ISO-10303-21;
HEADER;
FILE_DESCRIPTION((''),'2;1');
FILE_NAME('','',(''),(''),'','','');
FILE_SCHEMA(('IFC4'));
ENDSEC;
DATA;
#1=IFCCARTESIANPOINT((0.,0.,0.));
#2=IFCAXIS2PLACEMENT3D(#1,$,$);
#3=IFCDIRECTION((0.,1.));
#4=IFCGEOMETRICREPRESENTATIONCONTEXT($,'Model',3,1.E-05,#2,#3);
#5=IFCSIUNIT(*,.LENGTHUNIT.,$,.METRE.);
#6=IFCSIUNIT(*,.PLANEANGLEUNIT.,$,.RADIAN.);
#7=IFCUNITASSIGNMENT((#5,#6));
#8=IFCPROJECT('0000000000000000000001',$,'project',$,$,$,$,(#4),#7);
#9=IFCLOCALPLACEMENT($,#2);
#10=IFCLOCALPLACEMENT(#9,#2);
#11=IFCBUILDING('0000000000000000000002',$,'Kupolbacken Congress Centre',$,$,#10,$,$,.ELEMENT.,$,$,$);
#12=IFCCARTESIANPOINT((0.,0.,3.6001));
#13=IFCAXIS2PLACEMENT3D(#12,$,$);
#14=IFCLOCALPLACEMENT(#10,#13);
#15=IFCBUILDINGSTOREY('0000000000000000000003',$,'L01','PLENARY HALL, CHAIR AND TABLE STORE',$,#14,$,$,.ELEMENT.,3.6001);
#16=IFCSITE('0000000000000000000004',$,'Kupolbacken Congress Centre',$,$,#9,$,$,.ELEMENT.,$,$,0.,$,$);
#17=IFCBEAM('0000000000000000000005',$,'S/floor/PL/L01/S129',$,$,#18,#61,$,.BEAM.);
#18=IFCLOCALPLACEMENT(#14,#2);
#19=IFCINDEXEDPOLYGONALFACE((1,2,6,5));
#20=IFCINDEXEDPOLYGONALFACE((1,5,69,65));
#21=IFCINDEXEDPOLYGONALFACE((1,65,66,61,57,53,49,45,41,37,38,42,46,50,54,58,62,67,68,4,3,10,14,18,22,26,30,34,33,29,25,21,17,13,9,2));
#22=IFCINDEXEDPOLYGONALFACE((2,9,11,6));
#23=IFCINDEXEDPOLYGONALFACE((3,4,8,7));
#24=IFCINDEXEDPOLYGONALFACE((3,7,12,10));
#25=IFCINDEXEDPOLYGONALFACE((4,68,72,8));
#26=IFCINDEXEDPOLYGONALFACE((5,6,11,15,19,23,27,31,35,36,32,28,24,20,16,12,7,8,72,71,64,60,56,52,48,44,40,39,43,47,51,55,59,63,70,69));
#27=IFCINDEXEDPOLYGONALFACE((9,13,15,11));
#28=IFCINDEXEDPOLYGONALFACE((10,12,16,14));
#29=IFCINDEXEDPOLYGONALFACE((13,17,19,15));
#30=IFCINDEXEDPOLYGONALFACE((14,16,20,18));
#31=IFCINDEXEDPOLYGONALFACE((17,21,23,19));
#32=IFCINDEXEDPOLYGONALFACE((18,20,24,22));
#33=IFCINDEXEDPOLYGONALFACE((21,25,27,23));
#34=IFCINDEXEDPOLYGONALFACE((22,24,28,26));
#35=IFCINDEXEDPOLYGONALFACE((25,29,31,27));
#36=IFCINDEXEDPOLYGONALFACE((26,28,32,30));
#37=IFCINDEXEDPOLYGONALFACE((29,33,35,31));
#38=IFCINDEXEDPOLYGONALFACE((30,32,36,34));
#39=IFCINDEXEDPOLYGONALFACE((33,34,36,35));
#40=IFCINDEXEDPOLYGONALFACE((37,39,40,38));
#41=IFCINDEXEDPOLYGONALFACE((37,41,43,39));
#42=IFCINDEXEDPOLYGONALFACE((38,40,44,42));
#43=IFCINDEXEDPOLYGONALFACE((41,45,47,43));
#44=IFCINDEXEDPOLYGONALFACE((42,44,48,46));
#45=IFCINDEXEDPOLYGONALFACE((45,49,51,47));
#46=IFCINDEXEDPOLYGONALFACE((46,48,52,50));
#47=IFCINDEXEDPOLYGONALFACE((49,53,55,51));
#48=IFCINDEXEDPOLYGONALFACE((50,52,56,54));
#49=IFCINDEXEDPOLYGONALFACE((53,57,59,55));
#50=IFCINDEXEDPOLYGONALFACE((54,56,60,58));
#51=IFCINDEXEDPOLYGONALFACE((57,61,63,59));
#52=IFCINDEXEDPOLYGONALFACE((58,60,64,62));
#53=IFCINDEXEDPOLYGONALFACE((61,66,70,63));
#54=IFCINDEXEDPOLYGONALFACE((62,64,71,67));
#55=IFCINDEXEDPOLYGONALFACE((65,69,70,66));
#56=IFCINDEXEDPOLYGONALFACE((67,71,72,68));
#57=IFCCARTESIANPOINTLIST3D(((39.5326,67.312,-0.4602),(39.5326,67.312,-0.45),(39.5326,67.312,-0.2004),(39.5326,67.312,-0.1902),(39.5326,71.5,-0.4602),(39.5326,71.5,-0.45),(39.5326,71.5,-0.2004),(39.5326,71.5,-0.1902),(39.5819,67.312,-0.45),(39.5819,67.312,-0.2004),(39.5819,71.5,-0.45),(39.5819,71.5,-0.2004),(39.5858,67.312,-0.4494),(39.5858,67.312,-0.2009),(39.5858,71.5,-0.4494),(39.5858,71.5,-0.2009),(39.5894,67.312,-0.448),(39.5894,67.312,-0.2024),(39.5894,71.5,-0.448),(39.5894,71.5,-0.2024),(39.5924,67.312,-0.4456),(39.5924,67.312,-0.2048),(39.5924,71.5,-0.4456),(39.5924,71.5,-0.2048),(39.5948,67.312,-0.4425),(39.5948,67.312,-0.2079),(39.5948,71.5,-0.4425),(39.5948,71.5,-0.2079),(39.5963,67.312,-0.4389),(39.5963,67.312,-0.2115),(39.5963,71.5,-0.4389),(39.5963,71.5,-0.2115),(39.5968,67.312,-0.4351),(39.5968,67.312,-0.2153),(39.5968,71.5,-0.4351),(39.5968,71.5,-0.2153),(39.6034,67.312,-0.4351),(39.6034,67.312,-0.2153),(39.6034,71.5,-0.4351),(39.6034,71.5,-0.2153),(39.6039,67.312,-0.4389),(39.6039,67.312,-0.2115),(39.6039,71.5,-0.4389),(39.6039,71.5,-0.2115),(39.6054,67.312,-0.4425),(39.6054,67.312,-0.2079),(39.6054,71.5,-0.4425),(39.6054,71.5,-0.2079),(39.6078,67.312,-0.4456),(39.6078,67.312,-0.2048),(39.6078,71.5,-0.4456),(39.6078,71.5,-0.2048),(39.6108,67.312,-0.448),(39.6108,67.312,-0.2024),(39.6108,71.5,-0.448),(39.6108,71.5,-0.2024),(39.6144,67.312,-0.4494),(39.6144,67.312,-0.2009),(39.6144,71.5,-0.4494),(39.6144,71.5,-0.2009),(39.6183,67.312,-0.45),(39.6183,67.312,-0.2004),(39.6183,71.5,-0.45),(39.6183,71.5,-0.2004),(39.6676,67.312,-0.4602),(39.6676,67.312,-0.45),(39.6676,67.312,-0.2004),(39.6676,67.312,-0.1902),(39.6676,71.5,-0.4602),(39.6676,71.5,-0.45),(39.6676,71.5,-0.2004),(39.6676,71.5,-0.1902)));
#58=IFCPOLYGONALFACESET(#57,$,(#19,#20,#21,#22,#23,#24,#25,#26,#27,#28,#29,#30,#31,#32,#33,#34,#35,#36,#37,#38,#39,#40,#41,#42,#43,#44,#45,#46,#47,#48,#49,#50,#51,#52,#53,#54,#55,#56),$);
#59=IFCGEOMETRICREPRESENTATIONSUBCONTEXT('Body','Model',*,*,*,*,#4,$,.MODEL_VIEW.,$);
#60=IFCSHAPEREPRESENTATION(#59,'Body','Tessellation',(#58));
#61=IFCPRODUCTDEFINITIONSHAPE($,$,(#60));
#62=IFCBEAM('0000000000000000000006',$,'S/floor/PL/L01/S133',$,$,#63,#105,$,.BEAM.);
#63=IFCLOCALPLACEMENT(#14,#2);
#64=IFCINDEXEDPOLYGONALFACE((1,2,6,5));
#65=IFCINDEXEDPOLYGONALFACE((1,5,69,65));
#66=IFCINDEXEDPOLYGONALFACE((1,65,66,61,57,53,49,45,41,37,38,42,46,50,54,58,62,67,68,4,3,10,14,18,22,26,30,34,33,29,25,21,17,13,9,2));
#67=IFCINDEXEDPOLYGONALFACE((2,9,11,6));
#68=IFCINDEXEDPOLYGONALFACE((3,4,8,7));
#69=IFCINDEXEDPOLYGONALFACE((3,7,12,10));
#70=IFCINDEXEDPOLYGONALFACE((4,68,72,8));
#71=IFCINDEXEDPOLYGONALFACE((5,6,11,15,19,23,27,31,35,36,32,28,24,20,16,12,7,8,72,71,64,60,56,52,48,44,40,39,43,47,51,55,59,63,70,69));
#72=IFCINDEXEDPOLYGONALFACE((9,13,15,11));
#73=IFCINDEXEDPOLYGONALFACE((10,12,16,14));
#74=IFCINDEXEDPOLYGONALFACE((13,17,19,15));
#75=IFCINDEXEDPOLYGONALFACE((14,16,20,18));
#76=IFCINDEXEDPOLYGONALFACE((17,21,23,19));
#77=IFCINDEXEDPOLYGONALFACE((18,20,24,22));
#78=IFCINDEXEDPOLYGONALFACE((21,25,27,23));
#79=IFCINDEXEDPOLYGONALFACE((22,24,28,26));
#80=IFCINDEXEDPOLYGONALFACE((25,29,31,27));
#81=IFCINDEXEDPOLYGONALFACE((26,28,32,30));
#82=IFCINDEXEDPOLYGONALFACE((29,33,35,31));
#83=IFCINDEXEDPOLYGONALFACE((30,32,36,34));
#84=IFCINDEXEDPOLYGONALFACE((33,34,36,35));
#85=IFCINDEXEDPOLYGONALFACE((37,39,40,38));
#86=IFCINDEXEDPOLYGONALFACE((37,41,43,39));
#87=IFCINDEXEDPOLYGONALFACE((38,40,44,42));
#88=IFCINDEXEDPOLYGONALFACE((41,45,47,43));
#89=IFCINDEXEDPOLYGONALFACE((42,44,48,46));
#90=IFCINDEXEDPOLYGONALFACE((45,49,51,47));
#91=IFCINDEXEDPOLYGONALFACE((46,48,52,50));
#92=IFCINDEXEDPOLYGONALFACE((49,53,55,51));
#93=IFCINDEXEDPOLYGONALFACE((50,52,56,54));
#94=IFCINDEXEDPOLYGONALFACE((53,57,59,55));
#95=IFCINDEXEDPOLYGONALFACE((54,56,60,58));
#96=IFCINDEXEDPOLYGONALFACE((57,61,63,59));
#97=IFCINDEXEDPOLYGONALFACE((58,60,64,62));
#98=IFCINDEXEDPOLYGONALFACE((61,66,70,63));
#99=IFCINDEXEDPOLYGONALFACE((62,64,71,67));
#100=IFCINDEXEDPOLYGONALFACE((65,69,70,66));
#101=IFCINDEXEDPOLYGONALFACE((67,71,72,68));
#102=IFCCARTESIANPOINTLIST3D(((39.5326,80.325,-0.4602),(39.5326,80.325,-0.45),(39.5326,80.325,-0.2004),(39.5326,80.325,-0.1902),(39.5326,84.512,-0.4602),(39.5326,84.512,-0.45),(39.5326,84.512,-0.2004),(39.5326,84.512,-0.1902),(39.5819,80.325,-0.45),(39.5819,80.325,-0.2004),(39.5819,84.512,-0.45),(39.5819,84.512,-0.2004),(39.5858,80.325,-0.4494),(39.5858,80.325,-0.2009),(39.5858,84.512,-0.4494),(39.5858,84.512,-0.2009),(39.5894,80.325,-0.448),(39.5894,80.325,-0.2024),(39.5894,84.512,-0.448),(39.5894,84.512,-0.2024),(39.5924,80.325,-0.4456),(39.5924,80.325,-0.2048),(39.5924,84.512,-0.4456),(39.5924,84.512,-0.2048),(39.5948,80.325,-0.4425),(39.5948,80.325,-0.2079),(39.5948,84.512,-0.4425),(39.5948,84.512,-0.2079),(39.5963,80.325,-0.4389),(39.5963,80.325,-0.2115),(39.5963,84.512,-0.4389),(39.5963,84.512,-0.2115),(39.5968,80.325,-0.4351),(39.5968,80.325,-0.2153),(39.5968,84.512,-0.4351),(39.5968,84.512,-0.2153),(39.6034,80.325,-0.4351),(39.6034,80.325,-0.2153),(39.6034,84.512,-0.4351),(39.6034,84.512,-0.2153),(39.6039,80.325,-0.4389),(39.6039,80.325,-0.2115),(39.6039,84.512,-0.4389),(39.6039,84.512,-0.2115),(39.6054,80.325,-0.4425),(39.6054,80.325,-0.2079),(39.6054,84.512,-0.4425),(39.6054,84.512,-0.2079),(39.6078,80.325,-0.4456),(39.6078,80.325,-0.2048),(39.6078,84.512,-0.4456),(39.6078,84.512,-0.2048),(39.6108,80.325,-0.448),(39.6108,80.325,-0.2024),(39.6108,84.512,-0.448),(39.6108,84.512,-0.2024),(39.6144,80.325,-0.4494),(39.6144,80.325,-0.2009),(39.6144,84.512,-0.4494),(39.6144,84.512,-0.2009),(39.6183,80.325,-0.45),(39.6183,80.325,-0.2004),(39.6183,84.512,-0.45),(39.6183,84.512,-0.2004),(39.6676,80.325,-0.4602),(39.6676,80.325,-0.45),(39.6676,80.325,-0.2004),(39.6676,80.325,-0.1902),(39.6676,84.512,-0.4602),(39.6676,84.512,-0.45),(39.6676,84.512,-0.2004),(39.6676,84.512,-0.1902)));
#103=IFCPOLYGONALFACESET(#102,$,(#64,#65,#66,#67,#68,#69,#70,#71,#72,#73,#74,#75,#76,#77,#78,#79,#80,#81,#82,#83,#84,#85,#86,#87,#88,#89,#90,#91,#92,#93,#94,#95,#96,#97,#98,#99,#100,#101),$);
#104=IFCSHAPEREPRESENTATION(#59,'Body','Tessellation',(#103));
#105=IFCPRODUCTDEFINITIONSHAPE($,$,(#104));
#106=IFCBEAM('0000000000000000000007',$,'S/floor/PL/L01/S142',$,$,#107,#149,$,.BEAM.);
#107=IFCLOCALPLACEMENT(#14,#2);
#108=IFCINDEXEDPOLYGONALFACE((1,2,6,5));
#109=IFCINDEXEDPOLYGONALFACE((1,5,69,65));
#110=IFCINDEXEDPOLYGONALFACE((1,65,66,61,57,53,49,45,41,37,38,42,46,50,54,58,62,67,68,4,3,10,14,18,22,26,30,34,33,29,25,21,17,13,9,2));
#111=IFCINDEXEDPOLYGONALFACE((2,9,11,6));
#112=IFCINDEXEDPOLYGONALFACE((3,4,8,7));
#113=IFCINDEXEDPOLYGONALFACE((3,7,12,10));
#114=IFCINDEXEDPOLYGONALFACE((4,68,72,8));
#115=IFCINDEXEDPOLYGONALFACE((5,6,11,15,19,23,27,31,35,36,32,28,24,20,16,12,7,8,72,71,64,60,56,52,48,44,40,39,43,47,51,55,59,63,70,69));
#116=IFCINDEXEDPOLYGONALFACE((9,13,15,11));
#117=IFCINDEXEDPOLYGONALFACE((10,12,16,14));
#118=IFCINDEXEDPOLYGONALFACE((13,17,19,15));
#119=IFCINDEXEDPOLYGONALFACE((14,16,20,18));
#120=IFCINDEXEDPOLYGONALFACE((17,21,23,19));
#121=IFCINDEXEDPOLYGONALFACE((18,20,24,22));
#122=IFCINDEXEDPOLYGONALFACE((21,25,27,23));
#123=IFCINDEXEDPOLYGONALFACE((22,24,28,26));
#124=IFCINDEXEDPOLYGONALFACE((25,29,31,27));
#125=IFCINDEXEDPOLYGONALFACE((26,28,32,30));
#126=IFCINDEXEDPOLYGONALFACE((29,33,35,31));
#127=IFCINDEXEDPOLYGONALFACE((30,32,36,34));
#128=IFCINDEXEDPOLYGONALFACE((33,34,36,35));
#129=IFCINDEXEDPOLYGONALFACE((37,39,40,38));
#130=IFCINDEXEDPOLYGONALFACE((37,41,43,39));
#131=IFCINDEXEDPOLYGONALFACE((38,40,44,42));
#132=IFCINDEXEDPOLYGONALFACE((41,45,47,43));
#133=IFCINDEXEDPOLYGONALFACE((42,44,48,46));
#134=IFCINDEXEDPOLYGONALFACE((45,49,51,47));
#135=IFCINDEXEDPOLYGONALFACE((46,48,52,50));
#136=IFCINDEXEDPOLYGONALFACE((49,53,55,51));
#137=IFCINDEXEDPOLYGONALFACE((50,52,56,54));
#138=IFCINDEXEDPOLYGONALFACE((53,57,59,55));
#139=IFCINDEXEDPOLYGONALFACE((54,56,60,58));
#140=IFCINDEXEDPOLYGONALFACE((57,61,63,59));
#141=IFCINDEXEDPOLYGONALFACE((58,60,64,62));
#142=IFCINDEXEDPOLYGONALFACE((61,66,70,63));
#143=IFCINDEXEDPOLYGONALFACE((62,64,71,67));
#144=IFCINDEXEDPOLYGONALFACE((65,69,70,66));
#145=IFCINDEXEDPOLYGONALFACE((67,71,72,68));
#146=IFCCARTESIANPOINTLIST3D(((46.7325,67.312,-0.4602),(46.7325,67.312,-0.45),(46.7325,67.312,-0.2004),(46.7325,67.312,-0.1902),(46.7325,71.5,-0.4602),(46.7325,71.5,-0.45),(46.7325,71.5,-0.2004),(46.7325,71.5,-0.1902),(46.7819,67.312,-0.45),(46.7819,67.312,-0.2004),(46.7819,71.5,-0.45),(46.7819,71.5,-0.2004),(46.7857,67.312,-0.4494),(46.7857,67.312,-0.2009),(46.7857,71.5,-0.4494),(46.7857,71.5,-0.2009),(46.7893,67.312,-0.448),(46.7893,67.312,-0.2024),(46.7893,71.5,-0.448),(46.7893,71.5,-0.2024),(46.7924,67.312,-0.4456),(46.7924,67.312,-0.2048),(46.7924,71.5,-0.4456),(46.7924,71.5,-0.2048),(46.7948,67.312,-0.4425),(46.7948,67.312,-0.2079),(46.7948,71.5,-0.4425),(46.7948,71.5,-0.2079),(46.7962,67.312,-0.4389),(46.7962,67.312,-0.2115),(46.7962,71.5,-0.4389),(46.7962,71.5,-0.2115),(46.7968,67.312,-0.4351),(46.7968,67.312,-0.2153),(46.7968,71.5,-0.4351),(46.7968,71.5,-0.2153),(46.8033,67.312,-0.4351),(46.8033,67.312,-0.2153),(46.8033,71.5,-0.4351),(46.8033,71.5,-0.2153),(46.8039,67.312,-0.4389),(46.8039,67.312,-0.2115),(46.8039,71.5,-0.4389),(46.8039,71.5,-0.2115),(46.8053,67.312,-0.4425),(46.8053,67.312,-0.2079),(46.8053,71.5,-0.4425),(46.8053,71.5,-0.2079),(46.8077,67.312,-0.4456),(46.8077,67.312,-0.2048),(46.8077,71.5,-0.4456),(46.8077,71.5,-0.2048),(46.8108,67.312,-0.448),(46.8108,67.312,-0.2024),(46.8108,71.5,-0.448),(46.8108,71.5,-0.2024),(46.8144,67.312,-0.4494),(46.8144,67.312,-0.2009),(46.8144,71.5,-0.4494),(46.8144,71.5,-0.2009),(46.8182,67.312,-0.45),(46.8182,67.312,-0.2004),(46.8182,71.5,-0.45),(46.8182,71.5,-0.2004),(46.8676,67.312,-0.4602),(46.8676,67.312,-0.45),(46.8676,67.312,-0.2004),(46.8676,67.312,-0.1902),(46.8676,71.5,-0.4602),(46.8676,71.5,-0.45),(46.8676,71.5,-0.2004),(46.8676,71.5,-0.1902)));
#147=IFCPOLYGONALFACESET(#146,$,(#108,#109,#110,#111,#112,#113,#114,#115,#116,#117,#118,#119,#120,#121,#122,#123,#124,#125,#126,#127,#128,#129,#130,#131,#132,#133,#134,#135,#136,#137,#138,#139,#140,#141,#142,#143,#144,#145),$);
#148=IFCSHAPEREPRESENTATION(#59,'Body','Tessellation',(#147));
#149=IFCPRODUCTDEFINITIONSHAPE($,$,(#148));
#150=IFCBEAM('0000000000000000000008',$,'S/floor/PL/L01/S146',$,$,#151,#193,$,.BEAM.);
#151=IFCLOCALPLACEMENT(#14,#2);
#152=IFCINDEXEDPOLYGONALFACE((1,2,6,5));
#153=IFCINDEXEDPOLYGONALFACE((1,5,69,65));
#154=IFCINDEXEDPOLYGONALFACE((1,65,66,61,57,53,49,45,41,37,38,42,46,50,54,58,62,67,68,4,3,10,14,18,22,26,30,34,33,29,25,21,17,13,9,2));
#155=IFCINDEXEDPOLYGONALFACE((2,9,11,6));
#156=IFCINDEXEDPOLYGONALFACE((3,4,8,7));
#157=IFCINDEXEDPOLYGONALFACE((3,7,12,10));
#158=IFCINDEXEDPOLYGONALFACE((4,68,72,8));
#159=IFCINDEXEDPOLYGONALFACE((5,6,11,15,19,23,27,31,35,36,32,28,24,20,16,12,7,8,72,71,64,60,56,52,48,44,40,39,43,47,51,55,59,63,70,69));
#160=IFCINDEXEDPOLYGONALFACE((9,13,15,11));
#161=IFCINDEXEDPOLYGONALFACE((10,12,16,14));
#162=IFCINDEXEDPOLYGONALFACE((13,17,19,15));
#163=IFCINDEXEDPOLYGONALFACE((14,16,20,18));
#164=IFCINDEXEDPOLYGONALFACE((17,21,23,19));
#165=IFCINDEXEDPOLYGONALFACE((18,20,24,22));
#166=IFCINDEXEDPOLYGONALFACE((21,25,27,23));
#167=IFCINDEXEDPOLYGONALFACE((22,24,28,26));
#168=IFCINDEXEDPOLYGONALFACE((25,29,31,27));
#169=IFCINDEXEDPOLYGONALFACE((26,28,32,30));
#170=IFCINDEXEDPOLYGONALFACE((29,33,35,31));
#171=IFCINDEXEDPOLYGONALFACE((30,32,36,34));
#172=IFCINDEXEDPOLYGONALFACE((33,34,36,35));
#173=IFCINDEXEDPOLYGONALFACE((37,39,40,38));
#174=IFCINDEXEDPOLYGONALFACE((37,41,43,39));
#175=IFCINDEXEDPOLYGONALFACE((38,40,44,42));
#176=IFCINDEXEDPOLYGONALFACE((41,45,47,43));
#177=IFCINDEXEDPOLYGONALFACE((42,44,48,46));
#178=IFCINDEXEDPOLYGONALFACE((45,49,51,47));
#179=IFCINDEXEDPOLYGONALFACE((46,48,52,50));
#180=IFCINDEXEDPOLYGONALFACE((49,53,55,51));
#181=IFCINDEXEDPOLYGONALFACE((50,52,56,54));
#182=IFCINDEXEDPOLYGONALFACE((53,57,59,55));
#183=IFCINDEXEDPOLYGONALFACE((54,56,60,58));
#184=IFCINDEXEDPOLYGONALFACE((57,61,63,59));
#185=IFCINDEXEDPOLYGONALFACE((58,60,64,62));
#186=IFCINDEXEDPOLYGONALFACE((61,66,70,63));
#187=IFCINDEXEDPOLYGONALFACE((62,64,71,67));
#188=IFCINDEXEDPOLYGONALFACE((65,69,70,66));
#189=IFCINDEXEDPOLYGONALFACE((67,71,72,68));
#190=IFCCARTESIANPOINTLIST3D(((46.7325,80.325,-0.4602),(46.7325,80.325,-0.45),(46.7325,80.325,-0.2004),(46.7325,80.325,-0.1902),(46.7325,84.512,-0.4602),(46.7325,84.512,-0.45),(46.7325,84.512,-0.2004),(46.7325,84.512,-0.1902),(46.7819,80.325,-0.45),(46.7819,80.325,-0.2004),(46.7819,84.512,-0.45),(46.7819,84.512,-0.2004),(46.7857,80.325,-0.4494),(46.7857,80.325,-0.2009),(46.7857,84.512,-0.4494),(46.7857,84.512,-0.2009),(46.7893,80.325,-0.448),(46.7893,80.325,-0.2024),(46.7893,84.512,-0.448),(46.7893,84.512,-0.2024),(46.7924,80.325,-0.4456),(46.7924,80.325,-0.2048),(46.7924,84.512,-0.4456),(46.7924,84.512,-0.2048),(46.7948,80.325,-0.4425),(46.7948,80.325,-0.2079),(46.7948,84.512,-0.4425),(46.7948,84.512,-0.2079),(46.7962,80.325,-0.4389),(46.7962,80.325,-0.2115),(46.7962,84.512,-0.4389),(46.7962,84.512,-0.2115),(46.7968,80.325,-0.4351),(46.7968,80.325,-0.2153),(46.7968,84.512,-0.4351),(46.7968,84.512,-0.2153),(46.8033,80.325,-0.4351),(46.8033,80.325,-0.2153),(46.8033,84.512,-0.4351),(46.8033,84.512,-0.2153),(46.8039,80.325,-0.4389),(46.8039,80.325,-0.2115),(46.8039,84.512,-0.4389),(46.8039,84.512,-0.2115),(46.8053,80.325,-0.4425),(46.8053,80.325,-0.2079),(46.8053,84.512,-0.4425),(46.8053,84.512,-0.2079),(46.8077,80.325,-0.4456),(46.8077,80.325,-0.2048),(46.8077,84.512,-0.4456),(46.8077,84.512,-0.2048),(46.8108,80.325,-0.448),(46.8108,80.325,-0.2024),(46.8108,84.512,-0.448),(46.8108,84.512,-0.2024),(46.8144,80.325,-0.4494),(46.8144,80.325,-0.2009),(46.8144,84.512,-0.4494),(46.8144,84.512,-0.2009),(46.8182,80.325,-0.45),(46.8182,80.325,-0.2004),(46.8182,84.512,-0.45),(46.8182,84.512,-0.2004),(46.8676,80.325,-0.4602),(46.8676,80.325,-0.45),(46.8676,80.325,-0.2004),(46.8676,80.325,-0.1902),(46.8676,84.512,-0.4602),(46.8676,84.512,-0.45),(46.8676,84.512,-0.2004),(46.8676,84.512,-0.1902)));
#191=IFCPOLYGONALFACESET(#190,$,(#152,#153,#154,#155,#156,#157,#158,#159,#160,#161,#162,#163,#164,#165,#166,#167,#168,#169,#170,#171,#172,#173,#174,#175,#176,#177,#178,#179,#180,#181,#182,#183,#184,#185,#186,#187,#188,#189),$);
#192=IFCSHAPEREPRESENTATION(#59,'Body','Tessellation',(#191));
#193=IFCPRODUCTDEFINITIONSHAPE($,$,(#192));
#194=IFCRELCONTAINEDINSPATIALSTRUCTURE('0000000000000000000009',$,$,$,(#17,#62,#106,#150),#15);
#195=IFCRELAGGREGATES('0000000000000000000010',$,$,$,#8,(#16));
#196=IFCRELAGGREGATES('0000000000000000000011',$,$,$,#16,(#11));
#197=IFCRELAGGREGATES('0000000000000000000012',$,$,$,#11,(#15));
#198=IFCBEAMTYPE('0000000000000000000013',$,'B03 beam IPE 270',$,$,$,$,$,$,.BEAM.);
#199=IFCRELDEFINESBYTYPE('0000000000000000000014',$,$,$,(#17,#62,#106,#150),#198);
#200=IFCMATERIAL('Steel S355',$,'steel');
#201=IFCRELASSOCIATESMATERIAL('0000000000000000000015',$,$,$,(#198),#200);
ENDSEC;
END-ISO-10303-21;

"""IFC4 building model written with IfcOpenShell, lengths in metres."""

from ifc_helpers import new_model, si_unit, direction, frame, origin, origin_2d, place, context, subcontext, project, spatial, i_section, extrude, material, material_profile, profile_set, type_object, element, save


model = new_model("IFC4")

# Units and contexts
model_context = context("Model", 3, precision=1e-05, world=origin(), true_north=direction((0.0, 1.0)))
body_context = subcontext(model_context, "Body", "Model", "MODEL_VIEW")
ifc_project = project(units=[si_unit("LENGTHUNIT", "METRE"), si_unit("PLANEANGLEUNIT", "RADIAN")], contexts=[model_context])

# Site, building, storey
site_placement = place(None, origin())
site = spatial("IfcSite", under=ifc_project, at=site_placement, Name="Kupolbacken Congress Centre", CompositionType="ELEMENT", RefElevation=0.0)
building_placement = place(site_placement, origin())
building = spatial("IfcBuilding", under=site, at=building_placement, Name="Kupolbacken Congress Centre", CompositionType="ELEMENT")
storey_placement = place(building_placement, frame((0.0, 0.0, 3.6001)))
storey = spatial("IfcBuildingStorey", under=building, at=storey_placement, Name="L01", Description="PLENARY HALL, CHAIR AND TABLE STORE", CompositionType="ELEMENT", Elevation=3.6001)

# Beams
ifc_material_1 = material(Name="Steel S355", Category="steel")
ifc_material_profile_1 = material_profile(ifc_material_1, i_section(OverallWidth=0.135, OverallDepth=0.27, WebThickness=0.0066, FlangeThickness=0.0103, FilletRadius=0.0149, at=origin_2d()), Name="IPE 270")
ifc_profile_set_1 = profile_set([ifc_material_profile_1], Name="Steel S355")
beam_type_1 = type_object("IfcBeamType", Name="B03 beam IPE 270", PredefinedType="BEAM", material=ifc_profile_set_1)
beam_1_placement = place(storey_placement, frame((39.6001, 67.312, -0.3252), z_axis=(0.0, 1.0, 0.0), x_axis=(-1.0, 0.0, 0.0)))
element("IfcBeam", 1, at=beam_1_placement, inside=storey, type_object=beam_type_1, Name="S/floor/PL/L01/S129", PredefinedType="BEAM", context=body_context, shape_type="SweptSolid", body=[
    extrude(i_section(OverallWidth=0.135, OverallDepth=0.27, WebThickness=0.0066, FlangeThickness=0.0103, FilletRadius=0.0149, at=origin_2d()), origin(), (0.0, 0.0, 1.0), 4.188),
])
beam_2_placement = place(storey_placement, frame((39.6001, 80.325, -0.3252), z_axis=(0.0, 1.0, 0.0), x_axis=(-1.0, 0.0, 0.0)))
element("IfcBeam", 2, at=beam_2_placement, inside=storey, type_object=beam_type_1, Name="S/floor/PL/L01/S133", PredefinedType="BEAM", context=body_context, shape_type="SweptSolid", body=[
    extrude(i_section(OverallWidth=0.135, OverallDepth=0.27, WebThickness=0.0066, FlangeThickness=0.0103, FilletRadius=0.0149, at=origin_2d()), origin(), (0.0, 0.0, 1.0), 4.187),
])
beam_3_placement = place(storey_placement, frame((46.8, 67.312, -0.3252), z_axis=(0.0, 1.0, 0.0), x_axis=(-1.0, 0.0, 0.0)))
element("IfcBeam", 3, at=beam_3_placement, inside=storey, type_object=beam_type_1, Name="S/floor/PL/L01/S142", PredefinedType="BEAM", context=body_context, shape_type="SweptSolid", body=[
    extrude(i_section(OverallWidth=0.135, OverallDepth=0.27, WebThickness=0.0066, FlangeThickness=0.0103, FilletRadius=0.0149, at=origin_2d()), origin(), (0.0, 0.0, 1.0), 4.188),
])
beam_4_placement = place(storey_placement, frame((46.8, 80.325, -0.3252), z_axis=(0.0, 1.0, 0.0), x_axis=(-1.0, 0.0, 0.0)))
element("IfcBeam", 4, at=beam_4_placement, inside=storey, type_object=beam_type_1, Name="S/floor/PL/L01/S146", PredefinedType="BEAM", context=body_context, shape_type="SweptSolid", body=[
    extrude(i_section(OverallWidth=0.135, OverallDepth=0.27, WebThickness=0.0066, FlangeThickness=0.0103, FilletRadius=0.0149, at=origin_2d()), origin(), (0.0, 0.0, 1.0), 4.187),
])

save(model, "model.ifc")
